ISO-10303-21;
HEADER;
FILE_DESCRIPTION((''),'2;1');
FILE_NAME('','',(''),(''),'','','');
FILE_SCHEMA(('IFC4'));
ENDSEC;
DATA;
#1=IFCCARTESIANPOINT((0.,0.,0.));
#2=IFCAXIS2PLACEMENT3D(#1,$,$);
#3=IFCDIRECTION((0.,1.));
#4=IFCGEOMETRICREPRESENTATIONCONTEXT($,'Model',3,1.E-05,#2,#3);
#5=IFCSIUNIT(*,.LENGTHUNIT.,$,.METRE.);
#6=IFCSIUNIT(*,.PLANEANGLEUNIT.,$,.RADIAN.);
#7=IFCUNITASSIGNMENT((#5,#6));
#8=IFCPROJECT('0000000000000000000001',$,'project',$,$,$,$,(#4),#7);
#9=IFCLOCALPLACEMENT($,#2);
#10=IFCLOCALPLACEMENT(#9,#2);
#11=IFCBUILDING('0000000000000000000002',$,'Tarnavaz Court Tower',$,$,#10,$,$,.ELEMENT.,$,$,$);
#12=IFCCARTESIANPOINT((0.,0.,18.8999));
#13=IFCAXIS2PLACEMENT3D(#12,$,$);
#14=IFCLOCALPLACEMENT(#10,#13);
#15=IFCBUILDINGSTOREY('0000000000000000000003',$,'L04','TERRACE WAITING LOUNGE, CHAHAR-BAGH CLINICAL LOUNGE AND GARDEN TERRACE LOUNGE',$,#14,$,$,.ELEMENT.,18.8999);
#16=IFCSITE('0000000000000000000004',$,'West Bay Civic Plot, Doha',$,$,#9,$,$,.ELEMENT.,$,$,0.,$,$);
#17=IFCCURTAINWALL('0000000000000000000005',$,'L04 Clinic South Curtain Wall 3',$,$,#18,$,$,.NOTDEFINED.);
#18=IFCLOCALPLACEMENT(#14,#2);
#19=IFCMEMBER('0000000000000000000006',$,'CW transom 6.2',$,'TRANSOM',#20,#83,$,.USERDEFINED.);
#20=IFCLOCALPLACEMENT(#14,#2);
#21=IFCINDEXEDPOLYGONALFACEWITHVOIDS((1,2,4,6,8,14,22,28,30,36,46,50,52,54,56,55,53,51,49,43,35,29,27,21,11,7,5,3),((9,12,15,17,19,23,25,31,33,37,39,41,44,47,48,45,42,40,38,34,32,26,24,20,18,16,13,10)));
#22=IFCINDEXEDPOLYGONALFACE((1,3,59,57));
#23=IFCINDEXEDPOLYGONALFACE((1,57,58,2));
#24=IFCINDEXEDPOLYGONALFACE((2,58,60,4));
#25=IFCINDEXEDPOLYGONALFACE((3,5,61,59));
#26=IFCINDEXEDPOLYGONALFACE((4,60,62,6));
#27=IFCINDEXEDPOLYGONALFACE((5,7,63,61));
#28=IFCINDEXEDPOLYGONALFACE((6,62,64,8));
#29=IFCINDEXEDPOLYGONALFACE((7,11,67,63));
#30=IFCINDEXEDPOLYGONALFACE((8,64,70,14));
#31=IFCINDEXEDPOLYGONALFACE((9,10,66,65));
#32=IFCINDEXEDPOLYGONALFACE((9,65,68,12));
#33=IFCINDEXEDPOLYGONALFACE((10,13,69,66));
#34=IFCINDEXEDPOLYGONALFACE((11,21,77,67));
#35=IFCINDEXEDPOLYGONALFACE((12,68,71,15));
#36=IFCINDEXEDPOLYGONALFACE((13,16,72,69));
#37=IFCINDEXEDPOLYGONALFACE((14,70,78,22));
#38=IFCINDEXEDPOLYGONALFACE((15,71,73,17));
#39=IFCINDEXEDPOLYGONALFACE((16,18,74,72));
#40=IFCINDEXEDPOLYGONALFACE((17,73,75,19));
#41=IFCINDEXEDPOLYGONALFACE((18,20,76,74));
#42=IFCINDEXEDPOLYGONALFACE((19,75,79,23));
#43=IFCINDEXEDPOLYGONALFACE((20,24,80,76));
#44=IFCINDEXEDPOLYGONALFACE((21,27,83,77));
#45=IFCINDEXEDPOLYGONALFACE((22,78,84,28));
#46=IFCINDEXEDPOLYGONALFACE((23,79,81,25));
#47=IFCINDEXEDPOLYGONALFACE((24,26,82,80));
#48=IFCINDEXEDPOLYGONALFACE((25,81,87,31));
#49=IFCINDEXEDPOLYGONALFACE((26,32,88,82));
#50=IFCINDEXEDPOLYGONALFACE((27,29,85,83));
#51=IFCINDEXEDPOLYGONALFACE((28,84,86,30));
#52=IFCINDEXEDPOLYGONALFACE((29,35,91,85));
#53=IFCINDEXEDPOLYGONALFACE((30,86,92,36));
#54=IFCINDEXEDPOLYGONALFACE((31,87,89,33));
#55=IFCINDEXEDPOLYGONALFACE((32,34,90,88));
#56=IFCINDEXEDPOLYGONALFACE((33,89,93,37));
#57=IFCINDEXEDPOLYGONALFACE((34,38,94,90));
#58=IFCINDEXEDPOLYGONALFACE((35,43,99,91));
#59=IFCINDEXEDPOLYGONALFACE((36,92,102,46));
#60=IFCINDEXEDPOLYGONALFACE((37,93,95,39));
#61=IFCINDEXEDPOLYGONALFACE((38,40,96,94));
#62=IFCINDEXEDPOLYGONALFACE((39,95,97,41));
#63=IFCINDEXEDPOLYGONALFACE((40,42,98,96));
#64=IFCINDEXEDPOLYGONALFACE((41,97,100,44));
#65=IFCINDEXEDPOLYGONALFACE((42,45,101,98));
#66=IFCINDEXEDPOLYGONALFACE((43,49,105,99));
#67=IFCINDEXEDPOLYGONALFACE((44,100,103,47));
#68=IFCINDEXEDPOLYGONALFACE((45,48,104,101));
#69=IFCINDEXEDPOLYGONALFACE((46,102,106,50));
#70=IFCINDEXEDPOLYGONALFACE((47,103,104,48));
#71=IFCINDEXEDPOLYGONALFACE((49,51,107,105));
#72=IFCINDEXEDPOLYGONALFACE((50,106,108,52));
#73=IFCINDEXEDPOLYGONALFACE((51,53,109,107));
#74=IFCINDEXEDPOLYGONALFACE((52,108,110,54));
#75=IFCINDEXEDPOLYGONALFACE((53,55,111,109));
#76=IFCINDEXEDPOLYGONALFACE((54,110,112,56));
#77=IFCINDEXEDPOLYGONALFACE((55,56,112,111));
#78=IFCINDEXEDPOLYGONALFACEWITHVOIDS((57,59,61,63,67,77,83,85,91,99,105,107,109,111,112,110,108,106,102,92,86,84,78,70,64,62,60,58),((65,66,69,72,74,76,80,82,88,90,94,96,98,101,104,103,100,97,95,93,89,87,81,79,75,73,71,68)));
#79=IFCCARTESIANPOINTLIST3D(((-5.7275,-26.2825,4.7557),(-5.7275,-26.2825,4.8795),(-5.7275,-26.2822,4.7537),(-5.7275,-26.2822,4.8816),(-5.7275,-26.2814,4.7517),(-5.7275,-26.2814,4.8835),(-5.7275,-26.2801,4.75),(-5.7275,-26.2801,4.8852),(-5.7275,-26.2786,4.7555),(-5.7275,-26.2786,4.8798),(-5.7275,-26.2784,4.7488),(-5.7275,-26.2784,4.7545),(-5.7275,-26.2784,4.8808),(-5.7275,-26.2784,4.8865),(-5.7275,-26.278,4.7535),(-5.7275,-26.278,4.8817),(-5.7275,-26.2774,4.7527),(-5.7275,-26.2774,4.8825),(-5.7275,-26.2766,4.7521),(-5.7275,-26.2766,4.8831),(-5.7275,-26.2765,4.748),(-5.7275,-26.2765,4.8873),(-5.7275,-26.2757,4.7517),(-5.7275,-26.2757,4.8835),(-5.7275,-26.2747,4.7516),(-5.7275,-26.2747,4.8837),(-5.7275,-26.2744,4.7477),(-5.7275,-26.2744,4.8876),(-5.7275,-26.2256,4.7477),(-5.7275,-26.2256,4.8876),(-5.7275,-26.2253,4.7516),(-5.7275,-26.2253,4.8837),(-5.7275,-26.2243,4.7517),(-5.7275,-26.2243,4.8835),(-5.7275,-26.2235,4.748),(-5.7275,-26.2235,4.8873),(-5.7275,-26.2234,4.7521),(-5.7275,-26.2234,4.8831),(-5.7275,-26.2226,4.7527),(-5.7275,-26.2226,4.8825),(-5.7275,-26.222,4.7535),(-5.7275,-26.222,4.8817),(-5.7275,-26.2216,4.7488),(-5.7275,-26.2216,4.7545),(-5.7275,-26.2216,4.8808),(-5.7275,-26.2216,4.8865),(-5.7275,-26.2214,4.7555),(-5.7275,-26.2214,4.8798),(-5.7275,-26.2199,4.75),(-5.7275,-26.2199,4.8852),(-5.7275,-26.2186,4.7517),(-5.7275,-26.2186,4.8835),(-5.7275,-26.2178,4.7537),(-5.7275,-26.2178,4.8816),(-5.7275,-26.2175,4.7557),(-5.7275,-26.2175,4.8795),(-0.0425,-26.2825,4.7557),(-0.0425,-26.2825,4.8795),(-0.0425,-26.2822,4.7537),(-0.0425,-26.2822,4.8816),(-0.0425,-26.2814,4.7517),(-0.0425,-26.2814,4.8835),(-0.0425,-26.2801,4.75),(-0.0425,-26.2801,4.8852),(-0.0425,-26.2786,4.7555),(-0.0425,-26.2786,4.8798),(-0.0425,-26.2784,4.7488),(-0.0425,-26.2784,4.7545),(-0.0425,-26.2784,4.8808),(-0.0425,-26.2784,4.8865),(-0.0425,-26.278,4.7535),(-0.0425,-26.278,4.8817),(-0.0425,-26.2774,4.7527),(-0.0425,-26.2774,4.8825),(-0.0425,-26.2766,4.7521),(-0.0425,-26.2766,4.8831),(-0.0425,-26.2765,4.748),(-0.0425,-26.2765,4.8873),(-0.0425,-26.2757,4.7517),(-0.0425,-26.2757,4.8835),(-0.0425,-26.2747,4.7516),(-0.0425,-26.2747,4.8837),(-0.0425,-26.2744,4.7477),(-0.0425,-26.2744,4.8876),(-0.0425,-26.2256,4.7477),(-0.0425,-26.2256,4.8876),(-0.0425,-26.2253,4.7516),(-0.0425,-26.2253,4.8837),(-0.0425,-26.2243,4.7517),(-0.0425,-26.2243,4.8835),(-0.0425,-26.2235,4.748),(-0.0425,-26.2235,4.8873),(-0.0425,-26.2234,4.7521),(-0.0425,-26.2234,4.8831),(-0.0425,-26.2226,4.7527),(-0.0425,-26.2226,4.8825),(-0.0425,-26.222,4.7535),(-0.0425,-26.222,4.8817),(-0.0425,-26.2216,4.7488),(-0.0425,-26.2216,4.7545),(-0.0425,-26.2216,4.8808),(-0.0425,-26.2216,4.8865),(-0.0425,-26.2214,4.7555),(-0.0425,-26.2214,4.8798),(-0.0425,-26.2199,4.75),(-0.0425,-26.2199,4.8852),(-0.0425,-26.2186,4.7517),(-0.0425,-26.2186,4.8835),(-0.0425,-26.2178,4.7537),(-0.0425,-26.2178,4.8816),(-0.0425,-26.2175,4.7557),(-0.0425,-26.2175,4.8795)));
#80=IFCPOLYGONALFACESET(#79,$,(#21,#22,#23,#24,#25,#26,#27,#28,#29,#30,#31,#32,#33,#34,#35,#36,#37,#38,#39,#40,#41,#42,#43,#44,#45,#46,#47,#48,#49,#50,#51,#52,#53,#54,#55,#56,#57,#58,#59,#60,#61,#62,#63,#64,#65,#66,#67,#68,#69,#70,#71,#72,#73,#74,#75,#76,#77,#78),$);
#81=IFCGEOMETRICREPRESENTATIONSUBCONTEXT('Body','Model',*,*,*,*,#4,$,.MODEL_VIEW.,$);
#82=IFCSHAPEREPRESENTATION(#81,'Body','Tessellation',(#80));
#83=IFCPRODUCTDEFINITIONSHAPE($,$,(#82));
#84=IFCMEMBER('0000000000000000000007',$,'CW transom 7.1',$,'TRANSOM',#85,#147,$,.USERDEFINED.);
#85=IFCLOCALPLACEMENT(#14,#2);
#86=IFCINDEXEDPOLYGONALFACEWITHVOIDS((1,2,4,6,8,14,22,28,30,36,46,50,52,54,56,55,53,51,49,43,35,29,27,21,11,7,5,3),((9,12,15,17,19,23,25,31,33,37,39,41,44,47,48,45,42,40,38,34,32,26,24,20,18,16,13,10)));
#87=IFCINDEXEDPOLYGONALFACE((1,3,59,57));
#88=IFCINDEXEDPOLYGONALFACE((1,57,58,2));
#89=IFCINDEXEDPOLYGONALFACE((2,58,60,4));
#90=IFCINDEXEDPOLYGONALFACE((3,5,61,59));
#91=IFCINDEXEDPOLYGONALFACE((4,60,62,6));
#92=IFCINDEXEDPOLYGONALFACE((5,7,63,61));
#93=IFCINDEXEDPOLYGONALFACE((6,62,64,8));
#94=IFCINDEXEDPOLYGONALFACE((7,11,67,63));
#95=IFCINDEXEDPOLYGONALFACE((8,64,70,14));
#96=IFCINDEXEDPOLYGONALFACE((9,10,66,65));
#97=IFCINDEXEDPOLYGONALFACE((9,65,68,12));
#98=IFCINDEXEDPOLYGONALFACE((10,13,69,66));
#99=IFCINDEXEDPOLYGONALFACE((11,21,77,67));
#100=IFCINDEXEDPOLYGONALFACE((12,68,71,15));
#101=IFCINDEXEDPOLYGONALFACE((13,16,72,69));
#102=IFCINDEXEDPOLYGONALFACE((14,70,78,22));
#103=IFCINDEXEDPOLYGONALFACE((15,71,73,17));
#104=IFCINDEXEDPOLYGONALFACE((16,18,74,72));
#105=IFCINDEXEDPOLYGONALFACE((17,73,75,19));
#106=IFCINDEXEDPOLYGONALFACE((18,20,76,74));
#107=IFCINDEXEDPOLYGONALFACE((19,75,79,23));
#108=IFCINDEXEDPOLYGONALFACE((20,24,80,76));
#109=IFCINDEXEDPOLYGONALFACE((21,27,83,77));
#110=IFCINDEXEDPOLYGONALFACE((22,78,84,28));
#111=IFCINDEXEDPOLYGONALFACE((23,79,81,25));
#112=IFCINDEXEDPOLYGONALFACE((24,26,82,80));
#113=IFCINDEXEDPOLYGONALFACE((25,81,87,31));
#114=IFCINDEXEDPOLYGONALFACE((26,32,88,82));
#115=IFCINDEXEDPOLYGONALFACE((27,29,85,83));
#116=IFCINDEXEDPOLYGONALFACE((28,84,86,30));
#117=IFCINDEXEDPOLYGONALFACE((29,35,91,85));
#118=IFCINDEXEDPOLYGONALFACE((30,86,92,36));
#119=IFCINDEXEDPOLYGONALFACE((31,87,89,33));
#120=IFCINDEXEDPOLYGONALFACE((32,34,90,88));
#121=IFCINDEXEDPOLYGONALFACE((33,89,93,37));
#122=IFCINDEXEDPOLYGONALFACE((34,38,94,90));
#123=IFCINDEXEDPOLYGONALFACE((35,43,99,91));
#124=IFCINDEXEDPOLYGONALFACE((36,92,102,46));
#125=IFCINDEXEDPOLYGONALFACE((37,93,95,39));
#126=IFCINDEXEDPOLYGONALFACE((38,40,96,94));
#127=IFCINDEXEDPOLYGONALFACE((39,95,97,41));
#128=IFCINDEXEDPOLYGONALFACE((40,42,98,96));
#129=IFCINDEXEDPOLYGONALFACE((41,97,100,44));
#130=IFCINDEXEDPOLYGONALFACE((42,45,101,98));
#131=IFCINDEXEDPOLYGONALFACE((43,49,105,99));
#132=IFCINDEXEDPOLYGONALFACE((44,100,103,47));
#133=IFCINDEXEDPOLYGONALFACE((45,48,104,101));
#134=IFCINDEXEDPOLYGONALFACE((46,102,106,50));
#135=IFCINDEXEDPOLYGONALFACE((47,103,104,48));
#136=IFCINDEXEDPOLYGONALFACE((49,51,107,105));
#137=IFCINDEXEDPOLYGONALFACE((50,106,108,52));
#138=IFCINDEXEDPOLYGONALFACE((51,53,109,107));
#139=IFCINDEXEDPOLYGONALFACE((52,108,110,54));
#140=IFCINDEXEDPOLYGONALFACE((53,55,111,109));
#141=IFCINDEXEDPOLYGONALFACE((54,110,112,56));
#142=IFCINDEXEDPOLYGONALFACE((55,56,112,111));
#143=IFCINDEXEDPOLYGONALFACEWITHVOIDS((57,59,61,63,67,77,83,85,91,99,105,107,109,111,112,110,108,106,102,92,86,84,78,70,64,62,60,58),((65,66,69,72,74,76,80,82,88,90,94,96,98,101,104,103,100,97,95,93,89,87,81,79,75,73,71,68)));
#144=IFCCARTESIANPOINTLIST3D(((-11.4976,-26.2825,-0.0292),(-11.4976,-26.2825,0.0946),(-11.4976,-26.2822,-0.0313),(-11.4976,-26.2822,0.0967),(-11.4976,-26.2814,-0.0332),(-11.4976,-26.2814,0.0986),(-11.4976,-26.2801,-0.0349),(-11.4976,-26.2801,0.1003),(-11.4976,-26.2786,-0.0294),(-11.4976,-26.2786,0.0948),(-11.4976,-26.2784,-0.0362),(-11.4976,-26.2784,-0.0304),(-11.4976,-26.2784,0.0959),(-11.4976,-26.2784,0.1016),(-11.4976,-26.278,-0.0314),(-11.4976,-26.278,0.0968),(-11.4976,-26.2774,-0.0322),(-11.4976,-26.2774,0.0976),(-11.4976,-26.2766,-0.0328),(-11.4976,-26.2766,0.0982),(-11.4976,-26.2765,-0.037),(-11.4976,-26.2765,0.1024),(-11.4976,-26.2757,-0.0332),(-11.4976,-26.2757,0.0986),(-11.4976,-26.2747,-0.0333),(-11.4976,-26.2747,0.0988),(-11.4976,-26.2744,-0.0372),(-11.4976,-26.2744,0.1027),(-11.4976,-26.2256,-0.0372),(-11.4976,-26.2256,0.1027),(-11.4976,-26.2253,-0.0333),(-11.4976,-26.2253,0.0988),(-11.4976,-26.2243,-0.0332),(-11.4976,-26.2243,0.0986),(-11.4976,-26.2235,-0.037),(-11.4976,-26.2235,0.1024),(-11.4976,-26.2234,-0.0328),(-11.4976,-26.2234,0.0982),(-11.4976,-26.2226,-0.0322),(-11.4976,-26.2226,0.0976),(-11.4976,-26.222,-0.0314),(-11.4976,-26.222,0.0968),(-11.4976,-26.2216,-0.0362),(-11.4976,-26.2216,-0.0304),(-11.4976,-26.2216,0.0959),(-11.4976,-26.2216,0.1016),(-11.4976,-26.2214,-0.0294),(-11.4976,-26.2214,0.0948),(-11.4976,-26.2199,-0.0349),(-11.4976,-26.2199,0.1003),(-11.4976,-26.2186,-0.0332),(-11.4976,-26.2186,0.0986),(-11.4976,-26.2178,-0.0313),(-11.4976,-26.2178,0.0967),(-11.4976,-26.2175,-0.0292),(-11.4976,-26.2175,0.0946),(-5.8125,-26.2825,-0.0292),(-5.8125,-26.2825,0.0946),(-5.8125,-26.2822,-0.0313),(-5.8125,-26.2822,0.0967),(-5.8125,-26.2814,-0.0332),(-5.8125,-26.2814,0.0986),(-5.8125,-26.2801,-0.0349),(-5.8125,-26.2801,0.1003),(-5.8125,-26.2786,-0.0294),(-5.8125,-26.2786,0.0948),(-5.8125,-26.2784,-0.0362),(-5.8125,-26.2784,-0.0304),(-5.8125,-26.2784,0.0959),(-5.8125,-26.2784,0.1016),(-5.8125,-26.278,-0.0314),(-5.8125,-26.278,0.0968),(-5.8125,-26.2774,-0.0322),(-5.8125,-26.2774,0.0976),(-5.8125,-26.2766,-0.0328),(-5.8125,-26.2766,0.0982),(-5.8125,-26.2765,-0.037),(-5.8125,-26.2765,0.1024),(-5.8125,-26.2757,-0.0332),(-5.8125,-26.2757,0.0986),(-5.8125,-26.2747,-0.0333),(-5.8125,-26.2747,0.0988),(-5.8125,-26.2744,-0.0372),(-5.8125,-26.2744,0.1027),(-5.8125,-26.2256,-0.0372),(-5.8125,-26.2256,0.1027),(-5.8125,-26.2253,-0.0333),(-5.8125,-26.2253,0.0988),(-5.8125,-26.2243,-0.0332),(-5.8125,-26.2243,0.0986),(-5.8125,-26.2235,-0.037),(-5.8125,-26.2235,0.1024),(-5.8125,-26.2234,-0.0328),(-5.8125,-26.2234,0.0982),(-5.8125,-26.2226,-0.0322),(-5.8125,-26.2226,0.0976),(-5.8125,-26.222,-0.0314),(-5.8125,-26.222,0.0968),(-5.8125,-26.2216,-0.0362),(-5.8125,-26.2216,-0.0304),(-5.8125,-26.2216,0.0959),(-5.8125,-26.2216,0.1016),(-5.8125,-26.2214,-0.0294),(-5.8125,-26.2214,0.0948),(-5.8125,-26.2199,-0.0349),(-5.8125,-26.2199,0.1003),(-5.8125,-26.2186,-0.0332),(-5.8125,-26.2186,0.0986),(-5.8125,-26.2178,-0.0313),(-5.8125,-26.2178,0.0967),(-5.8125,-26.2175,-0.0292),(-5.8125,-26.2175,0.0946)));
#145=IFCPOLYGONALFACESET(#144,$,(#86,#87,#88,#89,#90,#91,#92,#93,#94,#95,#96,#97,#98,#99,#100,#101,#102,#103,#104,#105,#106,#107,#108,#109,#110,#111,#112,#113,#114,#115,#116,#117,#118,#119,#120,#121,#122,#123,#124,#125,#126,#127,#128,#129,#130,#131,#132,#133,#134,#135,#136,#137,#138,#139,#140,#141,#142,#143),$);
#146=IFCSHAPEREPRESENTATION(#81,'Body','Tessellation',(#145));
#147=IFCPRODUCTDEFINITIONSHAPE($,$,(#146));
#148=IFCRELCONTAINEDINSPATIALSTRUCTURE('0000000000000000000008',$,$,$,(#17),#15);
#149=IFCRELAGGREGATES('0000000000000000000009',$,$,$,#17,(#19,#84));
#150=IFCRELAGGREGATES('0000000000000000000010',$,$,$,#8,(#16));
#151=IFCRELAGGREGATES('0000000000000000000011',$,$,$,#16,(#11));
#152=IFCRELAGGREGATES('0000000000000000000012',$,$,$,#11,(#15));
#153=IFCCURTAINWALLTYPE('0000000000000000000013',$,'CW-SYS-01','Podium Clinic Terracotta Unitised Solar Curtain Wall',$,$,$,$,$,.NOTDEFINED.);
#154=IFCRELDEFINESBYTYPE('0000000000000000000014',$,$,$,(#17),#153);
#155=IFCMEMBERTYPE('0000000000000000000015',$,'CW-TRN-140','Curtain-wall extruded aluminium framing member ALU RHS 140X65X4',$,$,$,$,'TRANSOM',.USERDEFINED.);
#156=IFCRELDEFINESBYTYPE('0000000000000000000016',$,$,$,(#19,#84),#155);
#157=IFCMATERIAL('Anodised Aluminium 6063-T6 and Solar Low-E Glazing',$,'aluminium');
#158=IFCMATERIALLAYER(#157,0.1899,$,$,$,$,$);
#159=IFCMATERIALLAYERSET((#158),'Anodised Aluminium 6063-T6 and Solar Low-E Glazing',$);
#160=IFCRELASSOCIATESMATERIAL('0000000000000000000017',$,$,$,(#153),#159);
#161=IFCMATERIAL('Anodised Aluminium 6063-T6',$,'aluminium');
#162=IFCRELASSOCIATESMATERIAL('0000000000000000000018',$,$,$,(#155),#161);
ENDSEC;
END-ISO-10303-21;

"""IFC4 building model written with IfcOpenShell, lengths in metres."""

from ifc_helpers import new_model, si_unit, direction, frame, origin, origin_2d, place, context, subcontext, project, spatial, hollow_rectangle, extrude, material, layer, layer_set, material_profile, profile_set, type_object, element, aggregate, save


model = new_model("IFC4")

# Units and contexts
model_context = context("Model", 3, precision=1e-05, world=origin(), true_north=direction((0.0, 1.0)))
body_context = subcontext(model_context, "Body", "Model", "MODEL_VIEW")
ifc_project = project(units=[si_unit("LENGTHUNIT", "METRE"), si_unit("PLANEANGLEUNIT", "RADIAN")], contexts=[model_context])

# Site, building, storey
site_placement = place(None, origin())
site = spatial("IfcSite", under=ifc_project, at=site_placement, Name="West Bay Civic Plot, Doha", CompositionType="ELEMENT", RefElevation=0.0)
building_placement = place(site_placement, origin())
building = spatial("IfcBuilding", under=site, at=building_placement, Name="Tarnavaz Court Tower", CompositionType="ELEMENT")
storey_placement = place(building_placement, frame((0.0, 0.0, 18.8999)))
storey = spatial("IfcBuildingStorey", under=building, at=storey_placement, Name="L04", Description="TERRACE WAITING LOUNGE, CHAHAR-BAGH CLINICAL LOUNGE AND GARDEN TERRACE LOUNGE", CompositionType="ELEMENT", Elevation=18.8999)

# Curtain wall, members
ifc_material_1 = material(Name="Anodised Aluminium 6063-T6 and Solar Low-E Glazing", Category="aluminium")
ifc_layer_1 = layer(ifc_material_1, 0.1899)
ifc_layer_set_1 = layer_set([ifc_layer_1], Name="Anodised Aluminium 6063-T6 and Solar Low-E Glazing")
curtain_wall_type = type_object("IfcCurtainWallType", Name="CW-SYS-01", Description="Podium Clinic Terracotta Unitised Solar Curtain Wall", PredefinedType="NOTDEFINED", material=ifc_layer_set_1)
curtain_wall_placement = place(storey_placement, origin())
curtain_wall = element("IfcCurtainWall", 1, at=curtain_wall_placement, inside=storey, type_object=curtain_wall_type, Name="L04 Clinic South Curtain Wall 3", PredefinedType="NOTDEFINED")
ifc_material_2 = material(Name="Anodised Aluminium 6063-T6", Category="aluminium")
ifc_material_profile_1 = material_profile(ifc_material_2, hollow_rectangle(XDim=0.0649, YDim=0.1399, WallThickness=0.0039, InnerFilletRadius=0.0039, OuterFilletRadius=0.0081, at=origin_2d()), Name="ALU RHS 140X65X4")
ifc_profile_set_1 = profile_set([ifc_material_profile_1], Name="Anodised Aluminium 6063-T6")
member_type_1 = type_object("IfcMemberType", Name="CW-TRN-140", Description="Curtain-wall extruded aluminium framing member ALU RHS 140X65X4", ElementType="TRANSOM", PredefinedType="USERDEFINED", material=ifc_profile_set_1)
member_1_placement = place(storey_placement, frame((-0.0425, -26.25, 4.8176), z_axis=(-1.0, 0.0, 0.0), x_axis=(0.0, -1.0, 0.0)))
member_1 = element("IfcMember", 2, at=member_1_placement, type_object=member_type_1, Name="CW transom 6.2", ObjectType="TRANSOM", PredefinedType="USERDEFINED", context=body_context, shape_type="SweptSolid", body=[
    extrude(hollow_rectangle(XDim=0.0649, YDim=0.1399, WallThickness=0.0039, InnerFilletRadius=0.0039, OuterFilletRadius=0.0081, at=origin_2d()), origin(), (0.0, 0.0, 1.0), 5.6851),
])
member_2_placement = place(storey_placement, frame((-5.8125, -26.25, 0.0327), z_axis=(-1.0, 0.0, 0.0), x_axis=(0.0, -1.0, 0.0)))
member_2 = element("IfcMember", 3, at=member_2_placement, type_object=member_type_1, Name="CW transom 7.1", ObjectType="TRANSOM", PredefinedType="USERDEFINED", context=body_context, shape_type="SweptSolid", body=[
    extrude(hollow_rectangle(XDim=0.0649, YDim=0.1399, WallThickness=0.0039, InnerFilletRadius=0.0039, OuterFilletRadius=0.0081, at=origin_2d()), origin(), (0.0, 0.0, 1.0), 5.6851),
])
aggregate(curtain_wall, [member_1, member_2])

save(model, "model.ifc")
